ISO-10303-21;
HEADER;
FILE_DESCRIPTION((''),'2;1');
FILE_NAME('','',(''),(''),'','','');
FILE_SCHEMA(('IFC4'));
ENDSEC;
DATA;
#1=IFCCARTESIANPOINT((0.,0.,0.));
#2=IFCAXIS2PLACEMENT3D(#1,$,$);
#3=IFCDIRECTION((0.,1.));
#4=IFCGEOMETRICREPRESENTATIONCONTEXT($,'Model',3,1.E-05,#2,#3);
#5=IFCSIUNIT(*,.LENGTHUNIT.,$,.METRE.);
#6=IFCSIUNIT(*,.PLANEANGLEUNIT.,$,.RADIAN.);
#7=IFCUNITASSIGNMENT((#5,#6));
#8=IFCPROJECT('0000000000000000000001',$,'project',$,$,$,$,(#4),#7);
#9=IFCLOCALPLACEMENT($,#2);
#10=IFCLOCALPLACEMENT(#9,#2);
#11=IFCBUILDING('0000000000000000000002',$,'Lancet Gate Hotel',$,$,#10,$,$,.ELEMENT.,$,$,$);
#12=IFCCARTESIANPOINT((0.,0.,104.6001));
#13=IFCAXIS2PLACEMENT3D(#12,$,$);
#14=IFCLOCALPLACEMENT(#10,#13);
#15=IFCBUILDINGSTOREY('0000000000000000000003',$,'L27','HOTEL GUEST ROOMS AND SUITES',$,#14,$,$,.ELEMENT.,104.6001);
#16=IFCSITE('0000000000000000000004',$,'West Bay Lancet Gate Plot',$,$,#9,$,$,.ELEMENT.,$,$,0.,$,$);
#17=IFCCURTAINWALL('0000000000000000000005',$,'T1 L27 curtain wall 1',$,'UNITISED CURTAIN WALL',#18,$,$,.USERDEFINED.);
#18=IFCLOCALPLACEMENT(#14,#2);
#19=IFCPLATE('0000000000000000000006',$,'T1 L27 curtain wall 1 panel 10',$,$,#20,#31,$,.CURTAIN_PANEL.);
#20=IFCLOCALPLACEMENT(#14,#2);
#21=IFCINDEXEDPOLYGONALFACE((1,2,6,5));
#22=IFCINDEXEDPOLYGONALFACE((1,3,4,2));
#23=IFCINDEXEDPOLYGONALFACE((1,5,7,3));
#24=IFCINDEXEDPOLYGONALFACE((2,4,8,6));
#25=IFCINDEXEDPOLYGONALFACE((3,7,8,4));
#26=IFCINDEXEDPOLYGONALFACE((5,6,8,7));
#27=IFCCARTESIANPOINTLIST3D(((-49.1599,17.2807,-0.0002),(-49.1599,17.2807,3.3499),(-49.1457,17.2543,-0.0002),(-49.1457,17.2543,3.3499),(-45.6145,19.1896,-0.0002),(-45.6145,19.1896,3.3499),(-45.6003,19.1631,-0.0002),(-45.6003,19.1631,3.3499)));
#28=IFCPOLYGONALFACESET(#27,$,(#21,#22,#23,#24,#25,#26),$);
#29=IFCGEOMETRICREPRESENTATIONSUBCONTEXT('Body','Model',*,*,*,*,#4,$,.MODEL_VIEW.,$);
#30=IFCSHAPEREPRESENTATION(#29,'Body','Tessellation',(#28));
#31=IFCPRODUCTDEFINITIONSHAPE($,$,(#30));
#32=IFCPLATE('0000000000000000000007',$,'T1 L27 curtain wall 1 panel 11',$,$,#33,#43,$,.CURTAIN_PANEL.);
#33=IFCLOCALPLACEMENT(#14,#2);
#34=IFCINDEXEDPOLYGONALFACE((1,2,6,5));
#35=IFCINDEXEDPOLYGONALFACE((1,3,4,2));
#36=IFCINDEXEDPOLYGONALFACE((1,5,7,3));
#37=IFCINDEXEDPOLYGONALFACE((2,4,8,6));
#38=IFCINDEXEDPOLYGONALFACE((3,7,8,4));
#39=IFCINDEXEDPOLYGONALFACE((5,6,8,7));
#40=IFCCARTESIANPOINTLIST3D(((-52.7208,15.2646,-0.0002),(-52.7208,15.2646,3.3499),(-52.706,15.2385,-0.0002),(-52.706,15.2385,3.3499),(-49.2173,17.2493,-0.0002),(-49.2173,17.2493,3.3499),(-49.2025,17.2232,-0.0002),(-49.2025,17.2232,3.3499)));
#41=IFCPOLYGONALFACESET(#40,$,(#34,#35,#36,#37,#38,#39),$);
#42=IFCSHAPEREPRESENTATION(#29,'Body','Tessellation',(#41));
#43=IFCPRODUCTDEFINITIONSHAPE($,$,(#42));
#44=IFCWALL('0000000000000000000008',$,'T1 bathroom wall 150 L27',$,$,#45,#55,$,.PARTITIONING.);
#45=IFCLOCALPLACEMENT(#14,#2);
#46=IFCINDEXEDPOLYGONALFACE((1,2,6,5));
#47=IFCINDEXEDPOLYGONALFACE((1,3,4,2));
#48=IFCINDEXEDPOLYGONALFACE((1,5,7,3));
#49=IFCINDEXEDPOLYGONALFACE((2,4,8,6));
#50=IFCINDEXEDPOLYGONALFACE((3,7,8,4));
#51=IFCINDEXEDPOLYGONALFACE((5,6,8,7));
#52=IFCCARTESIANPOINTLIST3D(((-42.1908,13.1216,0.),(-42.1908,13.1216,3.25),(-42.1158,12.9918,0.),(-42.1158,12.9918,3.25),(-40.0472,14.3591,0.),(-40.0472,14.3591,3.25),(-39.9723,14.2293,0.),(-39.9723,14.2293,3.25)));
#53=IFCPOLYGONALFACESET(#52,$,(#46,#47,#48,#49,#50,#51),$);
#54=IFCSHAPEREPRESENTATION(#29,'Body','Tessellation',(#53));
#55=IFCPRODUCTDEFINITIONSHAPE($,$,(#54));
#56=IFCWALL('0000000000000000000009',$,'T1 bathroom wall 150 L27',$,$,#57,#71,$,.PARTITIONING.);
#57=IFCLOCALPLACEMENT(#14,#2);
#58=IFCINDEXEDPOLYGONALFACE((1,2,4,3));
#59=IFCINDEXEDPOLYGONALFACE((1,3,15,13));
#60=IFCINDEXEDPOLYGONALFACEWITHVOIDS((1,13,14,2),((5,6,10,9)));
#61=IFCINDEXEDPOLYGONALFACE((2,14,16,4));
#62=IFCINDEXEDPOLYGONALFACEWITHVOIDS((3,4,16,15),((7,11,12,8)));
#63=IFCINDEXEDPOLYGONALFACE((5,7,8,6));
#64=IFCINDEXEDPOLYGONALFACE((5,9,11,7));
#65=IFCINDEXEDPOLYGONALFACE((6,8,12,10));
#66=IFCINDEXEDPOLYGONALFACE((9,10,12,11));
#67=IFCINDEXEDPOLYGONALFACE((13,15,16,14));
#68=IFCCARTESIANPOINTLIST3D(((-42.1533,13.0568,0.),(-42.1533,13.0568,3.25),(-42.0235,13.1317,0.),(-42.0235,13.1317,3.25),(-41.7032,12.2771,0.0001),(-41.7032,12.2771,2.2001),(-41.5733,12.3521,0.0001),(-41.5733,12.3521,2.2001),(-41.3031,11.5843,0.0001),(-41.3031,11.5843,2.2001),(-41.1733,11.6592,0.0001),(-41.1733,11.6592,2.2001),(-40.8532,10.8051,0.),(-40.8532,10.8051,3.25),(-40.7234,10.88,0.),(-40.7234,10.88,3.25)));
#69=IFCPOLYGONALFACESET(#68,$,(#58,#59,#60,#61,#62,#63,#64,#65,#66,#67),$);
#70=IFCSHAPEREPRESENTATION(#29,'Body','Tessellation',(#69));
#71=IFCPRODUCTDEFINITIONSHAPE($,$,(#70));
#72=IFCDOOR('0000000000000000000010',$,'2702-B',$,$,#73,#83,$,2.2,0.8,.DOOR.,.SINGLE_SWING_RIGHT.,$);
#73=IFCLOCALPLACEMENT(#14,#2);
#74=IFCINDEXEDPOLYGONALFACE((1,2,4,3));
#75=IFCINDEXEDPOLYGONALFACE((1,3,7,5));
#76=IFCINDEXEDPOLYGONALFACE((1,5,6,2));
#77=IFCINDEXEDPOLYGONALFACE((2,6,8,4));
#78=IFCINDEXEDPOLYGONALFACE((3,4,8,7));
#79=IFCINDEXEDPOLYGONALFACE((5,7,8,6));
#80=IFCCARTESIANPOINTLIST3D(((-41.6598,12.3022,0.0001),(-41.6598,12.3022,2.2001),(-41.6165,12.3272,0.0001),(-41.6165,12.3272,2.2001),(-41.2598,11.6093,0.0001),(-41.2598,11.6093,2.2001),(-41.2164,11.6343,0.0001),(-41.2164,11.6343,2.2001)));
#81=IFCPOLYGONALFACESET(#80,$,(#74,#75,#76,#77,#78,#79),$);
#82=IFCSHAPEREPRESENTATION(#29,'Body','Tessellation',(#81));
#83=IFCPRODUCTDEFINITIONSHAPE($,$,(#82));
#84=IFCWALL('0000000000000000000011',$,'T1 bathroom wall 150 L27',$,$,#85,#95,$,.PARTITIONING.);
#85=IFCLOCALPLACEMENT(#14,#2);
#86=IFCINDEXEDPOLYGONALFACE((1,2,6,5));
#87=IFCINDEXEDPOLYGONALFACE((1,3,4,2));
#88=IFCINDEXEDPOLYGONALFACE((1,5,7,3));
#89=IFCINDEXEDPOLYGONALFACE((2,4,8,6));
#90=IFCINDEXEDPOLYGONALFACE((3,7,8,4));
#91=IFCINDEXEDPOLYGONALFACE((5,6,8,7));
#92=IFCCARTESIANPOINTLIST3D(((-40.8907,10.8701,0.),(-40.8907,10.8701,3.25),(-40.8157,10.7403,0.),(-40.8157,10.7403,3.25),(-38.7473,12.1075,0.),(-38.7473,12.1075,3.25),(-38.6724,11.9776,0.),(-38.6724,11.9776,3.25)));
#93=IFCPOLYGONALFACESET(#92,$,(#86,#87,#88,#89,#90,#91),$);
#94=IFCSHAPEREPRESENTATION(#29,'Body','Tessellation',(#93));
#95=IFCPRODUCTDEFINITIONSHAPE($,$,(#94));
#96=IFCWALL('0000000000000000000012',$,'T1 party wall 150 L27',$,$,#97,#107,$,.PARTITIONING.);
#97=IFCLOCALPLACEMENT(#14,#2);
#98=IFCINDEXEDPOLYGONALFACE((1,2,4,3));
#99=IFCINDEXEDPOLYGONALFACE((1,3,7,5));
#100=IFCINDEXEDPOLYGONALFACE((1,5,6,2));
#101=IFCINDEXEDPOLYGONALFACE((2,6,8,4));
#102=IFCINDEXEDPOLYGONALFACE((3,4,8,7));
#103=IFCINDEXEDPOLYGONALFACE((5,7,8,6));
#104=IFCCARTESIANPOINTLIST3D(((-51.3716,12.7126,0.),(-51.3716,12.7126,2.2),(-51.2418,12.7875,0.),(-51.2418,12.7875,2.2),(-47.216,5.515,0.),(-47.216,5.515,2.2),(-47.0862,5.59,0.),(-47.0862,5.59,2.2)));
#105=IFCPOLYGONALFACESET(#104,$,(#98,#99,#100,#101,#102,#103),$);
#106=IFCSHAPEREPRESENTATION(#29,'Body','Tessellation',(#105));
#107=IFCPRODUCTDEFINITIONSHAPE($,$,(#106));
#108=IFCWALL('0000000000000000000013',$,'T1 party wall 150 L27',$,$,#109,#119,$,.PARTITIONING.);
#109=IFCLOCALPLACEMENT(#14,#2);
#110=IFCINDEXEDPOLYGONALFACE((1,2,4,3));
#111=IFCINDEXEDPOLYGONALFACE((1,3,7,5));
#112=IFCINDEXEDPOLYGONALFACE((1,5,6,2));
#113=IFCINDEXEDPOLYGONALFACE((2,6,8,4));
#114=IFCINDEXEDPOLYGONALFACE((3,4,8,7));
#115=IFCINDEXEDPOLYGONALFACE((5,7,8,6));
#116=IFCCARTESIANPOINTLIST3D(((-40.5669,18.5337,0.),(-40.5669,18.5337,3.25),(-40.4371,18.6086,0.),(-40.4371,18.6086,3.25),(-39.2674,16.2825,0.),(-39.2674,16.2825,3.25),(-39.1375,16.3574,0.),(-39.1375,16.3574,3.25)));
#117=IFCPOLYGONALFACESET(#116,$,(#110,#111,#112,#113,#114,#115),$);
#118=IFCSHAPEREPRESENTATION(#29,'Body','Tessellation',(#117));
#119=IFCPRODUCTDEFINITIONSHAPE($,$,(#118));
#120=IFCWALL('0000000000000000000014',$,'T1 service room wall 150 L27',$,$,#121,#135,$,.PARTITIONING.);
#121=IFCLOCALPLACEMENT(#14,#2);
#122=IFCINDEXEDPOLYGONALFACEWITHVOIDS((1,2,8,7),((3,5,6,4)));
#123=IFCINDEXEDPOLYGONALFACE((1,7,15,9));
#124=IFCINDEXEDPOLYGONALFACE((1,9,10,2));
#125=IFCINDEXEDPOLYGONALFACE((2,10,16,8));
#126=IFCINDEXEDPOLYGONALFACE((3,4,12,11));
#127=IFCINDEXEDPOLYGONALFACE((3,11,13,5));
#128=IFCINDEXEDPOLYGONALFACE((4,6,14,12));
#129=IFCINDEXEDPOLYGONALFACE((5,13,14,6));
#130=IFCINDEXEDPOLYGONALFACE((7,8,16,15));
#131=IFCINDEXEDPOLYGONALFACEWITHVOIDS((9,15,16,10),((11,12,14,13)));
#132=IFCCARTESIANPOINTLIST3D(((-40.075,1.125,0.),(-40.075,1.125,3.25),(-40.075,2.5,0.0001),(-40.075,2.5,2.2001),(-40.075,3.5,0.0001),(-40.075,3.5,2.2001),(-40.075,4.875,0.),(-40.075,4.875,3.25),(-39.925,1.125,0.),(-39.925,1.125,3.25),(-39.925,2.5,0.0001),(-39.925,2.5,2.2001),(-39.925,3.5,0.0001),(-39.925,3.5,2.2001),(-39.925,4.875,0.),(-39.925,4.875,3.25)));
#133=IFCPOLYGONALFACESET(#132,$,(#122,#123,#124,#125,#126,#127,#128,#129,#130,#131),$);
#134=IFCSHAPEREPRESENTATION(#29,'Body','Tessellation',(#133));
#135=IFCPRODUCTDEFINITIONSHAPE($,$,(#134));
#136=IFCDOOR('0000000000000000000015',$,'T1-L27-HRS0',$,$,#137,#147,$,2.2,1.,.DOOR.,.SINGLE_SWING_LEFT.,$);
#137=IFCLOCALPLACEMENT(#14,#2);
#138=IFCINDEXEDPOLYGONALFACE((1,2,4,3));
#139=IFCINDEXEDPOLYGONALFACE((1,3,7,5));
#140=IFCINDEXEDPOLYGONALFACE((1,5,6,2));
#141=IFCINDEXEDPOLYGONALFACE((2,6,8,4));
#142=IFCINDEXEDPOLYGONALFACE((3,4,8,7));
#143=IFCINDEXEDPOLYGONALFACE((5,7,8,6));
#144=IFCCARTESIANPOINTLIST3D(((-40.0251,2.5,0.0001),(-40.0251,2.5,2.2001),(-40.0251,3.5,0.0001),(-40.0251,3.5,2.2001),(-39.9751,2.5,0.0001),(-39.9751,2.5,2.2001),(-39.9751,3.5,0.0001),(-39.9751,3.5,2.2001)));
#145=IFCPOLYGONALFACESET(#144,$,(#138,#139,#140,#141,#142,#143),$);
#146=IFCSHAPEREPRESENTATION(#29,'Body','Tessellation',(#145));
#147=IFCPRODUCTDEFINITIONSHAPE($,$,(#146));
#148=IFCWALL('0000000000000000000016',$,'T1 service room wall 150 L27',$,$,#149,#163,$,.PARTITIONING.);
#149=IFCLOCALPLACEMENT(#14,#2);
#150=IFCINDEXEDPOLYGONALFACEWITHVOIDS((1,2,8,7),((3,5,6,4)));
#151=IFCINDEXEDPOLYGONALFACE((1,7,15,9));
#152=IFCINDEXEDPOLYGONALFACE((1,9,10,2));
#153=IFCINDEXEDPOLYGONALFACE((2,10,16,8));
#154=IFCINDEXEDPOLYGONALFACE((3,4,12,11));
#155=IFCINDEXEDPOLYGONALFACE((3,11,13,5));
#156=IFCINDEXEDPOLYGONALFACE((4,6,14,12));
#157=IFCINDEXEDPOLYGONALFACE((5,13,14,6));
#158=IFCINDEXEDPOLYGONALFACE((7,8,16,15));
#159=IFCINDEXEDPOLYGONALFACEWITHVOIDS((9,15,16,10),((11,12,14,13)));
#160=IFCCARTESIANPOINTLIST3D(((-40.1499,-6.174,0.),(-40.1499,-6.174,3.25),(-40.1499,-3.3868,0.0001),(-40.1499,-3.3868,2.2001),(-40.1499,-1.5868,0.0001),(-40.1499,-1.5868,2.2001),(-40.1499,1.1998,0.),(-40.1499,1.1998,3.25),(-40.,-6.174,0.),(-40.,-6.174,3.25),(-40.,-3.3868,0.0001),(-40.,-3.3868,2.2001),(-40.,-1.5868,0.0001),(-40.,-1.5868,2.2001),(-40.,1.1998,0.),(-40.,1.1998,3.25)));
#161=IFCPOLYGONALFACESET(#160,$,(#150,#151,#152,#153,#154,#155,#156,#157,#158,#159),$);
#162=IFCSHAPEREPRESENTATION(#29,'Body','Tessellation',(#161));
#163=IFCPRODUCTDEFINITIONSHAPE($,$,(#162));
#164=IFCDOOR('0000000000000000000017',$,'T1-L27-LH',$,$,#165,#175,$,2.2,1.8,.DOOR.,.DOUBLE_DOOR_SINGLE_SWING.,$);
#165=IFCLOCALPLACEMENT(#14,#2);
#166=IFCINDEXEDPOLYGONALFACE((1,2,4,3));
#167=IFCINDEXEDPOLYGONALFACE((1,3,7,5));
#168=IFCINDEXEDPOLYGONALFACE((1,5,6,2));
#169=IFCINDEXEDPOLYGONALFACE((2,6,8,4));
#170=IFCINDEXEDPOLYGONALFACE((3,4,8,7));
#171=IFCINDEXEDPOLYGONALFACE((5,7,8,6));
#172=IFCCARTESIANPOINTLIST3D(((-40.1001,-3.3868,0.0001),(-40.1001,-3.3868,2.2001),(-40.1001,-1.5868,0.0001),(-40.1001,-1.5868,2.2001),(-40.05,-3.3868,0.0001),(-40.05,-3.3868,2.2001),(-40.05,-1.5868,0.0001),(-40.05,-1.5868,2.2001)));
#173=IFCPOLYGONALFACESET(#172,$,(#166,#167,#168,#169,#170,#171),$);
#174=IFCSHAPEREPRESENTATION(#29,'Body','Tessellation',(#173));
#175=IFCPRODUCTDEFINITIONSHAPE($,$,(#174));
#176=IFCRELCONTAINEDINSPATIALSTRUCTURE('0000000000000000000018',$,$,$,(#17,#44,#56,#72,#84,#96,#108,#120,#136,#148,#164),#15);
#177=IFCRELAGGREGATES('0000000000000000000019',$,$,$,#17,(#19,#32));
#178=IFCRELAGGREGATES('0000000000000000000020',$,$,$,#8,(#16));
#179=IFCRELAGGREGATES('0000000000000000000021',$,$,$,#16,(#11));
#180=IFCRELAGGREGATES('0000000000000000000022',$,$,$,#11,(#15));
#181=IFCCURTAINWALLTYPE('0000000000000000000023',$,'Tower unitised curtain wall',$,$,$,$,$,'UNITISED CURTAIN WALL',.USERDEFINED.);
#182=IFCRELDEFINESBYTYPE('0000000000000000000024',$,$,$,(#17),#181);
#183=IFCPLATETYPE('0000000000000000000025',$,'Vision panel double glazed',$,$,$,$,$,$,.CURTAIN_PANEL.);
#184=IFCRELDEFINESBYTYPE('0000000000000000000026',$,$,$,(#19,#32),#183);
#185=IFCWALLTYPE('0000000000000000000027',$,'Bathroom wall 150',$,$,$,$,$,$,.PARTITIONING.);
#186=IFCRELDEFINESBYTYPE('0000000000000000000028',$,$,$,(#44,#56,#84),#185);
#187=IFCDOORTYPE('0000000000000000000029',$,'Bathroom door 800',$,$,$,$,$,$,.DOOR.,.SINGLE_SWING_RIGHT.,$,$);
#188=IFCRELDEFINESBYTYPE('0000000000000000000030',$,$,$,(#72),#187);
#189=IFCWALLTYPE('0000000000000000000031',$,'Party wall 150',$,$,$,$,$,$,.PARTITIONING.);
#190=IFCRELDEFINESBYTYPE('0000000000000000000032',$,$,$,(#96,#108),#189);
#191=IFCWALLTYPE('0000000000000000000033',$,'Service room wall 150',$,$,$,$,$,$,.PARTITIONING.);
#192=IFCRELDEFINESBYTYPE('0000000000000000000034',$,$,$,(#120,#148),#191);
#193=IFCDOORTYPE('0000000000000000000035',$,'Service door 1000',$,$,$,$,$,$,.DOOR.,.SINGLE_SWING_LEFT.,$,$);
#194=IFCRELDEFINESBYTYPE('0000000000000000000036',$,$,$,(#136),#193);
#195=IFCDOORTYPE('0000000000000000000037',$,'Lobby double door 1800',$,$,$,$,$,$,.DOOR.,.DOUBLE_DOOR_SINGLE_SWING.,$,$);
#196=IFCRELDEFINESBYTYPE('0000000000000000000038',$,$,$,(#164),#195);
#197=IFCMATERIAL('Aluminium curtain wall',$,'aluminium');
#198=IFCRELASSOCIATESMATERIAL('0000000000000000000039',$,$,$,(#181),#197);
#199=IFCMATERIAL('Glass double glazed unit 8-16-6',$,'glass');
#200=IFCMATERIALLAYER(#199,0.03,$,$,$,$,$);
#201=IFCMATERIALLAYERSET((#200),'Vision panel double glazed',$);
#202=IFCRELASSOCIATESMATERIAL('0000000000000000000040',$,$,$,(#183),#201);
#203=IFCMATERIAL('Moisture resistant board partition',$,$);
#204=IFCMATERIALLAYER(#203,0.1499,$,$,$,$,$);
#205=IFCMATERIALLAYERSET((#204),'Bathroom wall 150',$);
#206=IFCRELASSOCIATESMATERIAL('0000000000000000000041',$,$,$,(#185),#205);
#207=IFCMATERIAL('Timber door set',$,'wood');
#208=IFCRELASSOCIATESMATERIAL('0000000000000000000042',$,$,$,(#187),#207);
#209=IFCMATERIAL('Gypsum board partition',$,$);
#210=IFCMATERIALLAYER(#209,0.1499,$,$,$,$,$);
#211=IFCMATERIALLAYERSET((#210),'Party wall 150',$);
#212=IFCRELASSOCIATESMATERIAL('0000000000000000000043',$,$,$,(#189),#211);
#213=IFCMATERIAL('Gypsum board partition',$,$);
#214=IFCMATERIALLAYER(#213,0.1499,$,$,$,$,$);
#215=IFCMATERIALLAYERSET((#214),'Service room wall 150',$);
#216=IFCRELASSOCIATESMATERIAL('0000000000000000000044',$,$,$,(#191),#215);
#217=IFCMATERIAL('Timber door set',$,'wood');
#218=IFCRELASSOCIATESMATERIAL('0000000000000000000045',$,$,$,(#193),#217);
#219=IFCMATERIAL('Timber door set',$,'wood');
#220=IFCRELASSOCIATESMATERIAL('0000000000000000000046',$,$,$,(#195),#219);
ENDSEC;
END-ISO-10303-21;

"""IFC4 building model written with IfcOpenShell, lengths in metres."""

from ifc_helpers import new_model, si_unit, direction, frame, frame_2d, origin, origin_2d, place, context, subcontext, project, spatial, rectangle, extrude, material, layer, layer_set, type_object, element, fill, aggregate, save


model = new_model("IFC4")

# Units and contexts
model_context = context("Model", 3, precision=1e-05, world=origin(), true_north=direction((0.0, 1.0)))
body_context = subcontext(model_context, "Body", "Model", "MODEL_VIEW")
ifc_project = project(units=[si_unit("LENGTHUNIT", "METRE"), si_unit("PLANEANGLEUNIT", "RADIAN")], contexts=[model_context])

# Site, building, storey
site_placement = place(None, origin())
site = spatial("IfcSite", under=ifc_project, at=site_placement, Name="West Bay Lancet Gate Plot", CompositionType="ELEMENT", RefElevation=0.0)
building_placement = place(site_placement, origin())
building = spatial("IfcBuilding", under=site, at=building_placement, Name="Lancet Gate Hotel", CompositionType="ELEMENT")
storey_placement = place(building_placement, frame((0.0, 0.0, 104.6001)))
storey = spatial("IfcBuildingStorey", under=building, at=storey_placement, Name="L27", Description="HOTEL GUEST ROOMS AND SUITES", CompositionType="ELEMENT", Elevation=104.6001)

# Curtain wall
ifc_material_1 = material(Name="Aluminium curtain wall", Category="aluminium")
curtain_wall_type = type_object("IfcCurtainWallType", Name="Tower unitised curtain wall", ElementType="UNITISED CURTAIN WALL", PredefinedType="USERDEFINED", material=ifc_material_1)
curtain_wall_placement = place(storey_placement, origin())
curtain_wall = element("IfcCurtainWall", 1, at=curtain_wall_placement, inside=storey, type_object=curtain_wall_type, Name="T1 L27 curtain wall 1", ObjectType="UNITISED CURTAIN WALL", PredefinedType="USERDEFINED")

# Plates
ifc_material_2 = material(Name="Glass double glazed unit 8-16-6", Category="glass")
ifc_layer_1 = layer(ifc_material_2, 0.03)
ifc_layer_set_1 = layer_set([ifc_layer_1], Name="Vision panel double glazed")
plate_type = type_object("IfcPlateType", Name="Vision panel double glazed", PredefinedType="CURTAIN_PANEL", material=ifc_layer_set_1)
plate_1_placement = place(storey_placement, frame((-47.3801, 18.2219, -0.0002), z_axis=(0.0, 0.0, 1.0), x_axis=(-0.880493, -0.47406, 0.0)))
plate_1 = element("IfcPlate", 2, at=plate_1_placement, type_object=plate_type, Name="T1 L27 curtain wall 1 panel 10", PredefinedType="CURTAIN_PANEL", context=body_context, shape_type="SweptSolid", body=[
    extrude(rectangle(XDim=4.0266, YDim=0.03, at=origin_2d()), origin(), (0.0, 0.0, 1.0), 3.3501),
])
plate_2_placement = place(storey_placement, frame((-50.9617, 16.2439, -0.0002), z_axis=(0.0, 0.0, 1.0), x_axis=(-0.870084, -0.492904, 0.0)))
plate_2 = element("IfcPlate", 3, at=plate_2_placement, type_object=plate_type, Name="T1 L27 curtain wall 1 panel 11", PredefinedType="CURTAIN_PANEL", context=body_context, shape_type="SweptSolid", body=[
    extrude(rectangle(XDim=4.0266, YDim=0.03, at=origin_2d()), origin(), (0.0, 0.0, 1.0), 3.3501),
])
aggregate(curtain_wall, [plate_1, plate_2])

# Wall
ifc_material_3 = material(Name="Moisture resistant board partition")
ifc_layer_2 = layer(ifc_material_3, 0.1499)
ifc_layer_set_2 = layer_set([ifc_layer_2], Name="Bathroom wall 150")
wall_type_1 = type_object("IfcWallType", Name="Bathroom wall 150", PredefinedType="PARTITIONING", material=ifc_layer_set_2)
wall_1_placement = place(storey_placement, frame((-40.0098, 14.2942, 0.0), z_axis=(0.0, 0.0, 1.0), x_axis=(-0.866031, -0.49999, 0.0)))
element("IfcWall", 4, at=wall_1_placement, inside=storey, type_object=wall_type_1, Name="T1 bathroom wall 150 L27", PredefinedType="PARTITIONING", context=body_context, shape_type="SweptSolid", body=[
    extrude(rectangle(XDim=2.4751, YDim=0.1499, at=frame_2d((1.2375, 0.0))), origin(), (0.0, 0.0, 1.0), 3.25),
])

# Wall, opening, door
wall_2_placement = place(storey_placement, frame((-40.7883, 10.8425, 0.0), z_axis=(0.0, 0.0, 1.0), x_axis=(-0.500007, 0.866021, 0.0)))
wall_2 = element("IfcWall", 5, at=wall_2_placement, inside=storey, type_object=wall_type_1, Name="T1 bathroom wall 150 L27", PredefinedType="PARTITIONING", context=body_context, shape_type="SweptSolid", body=[
    extrude(rectangle(XDim=2.6001, YDim=0.1499, at=frame_2d((1.3, 0.0))), origin(), (0.0, 0.0, 1.0), 3.25),
])
opening_1_placement = place(wall_2_placement, frame((0.8999, 0.0, 0.0)))
opening_1 = element("IfcOpeningElement", 6, at=opening_1_placement, cuts=wall_2, PredefinedType="OPENING", context=body_context, shape_type="SweptSolid", body=[
    extrude(rectangle(XDim=0.8, YDim=2.2, at=frame_2d((0.3999, 1.1001))), frame((0.0, 0.085, 0.0), z_axis=(0.0, -1.0, 0.0), x_axis=(1.0, 0.0, 0.0)), (0.0, 0.0, 1.0), 0.1699),
])
ifc_material_4 = material(Name="Timber door set", Category="wood")
door_type_1 = type_object("IfcDoorType", Name="Bathroom door 800", OperationType="SINGLE_SWING_RIGHT", PredefinedType="DOOR", material=ifc_material_4)
door_1_placement = place(opening_1_placement, origin())
door_1 = element("IfcDoor", 7, at=door_1_placement, inside=storey, type_object=door_type_1, Name="2702-B", OperationType="SINGLE_SWING_RIGHT", OverallHeight=2.2, OverallWidth=0.8, PredefinedType="DOOR", context=body_context, shape_type="SweptSolid", body=[
    extrude(rectangle(XDim=0.8, YDim=2.2, at=frame_2d((0.3999, 1.1001))), frame((0.0, 0.0249, 0.0), z_axis=(0.0, -1.0, 0.0), x_axis=(1.0, 0.0, 0.0)), (0.0, 0.0, 1.0), 0.05),
])
fill(opening_1, door_1)

# Walls
wall_3_placement = place(storey_placement, frame((-38.71, 12.0425, 0.0), z_axis=(0.0, 0.0, 1.0), x_axis=(-0.866049, -0.499959, 0.0)))
element("IfcWall", 8, at=wall_3_placement, inside=storey, type_object=wall_type_1, Name="T1 bathroom wall 150 L27", PredefinedType="PARTITIONING", context=body_context, shape_type="SweptSolid", body=[
    extrude(rectangle(XDim=2.4749, YDim=0.1499, at=frame_2d((1.2373, 0.0))), origin(), (0.0, 0.0, 1.0), 3.25),
])
ifc_material_5 = material(Name="Gypsum board partition")
ifc_layer_3 = layer(ifc_material_5, 0.1499)
ifc_layer_set_3 = layer_set([ifc_layer_3], Name="Party wall 150")
wall_type_2 = type_object("IfcWallType", Name="Party wall 150", PredefinedType="PARTITIONING", material=ifc_layer_set_3)
wall_4_placement = place(storey_placement, frame((-47.1511, 5.5525, 0.0), z_axis=(0.0, 0.0, 1.0), x_axis=(-0.500003, 0.866024, 0.0)))
element("IfcWall", 9, at=wall_4_placement, inside=storey, type_object=wall_type_2, Name="T1 party wall 150 L27", PredefinedType="PARTITIONING", context=body_context, shape_type="SweptSolid", body=[
    extrude(rectangle(XDim=8.311, YDim=0.1499, at=frame_2d((4.1555, 0.0))), origin(), (0.0, 0.0, 1.0), 2.2),
])
wall_5_placement = place(storey_placement, frame((-39.2024, 16.3198, 0.0), z_axis=(0.0, 0.0, 1.0), x_axis=(-0.499947, 0.866056, 0.0)))
element("IfcWall", 10, at=wall_5_placement, inside=storey, type_object=wall_type_2, Name="T1 party wall 150 L27", PredefinedType="PARTITIONING", context=body_context, shape_type="SweptSolid", body=[
    extrude(rectangle(XDim=2.5994, YDim=0.1499, at=frame_2d((1.2998, 0.0))), origin(), (0.0, 0.0, 1.0), 3.25),
])

# Walls, openings, doors
ifc_material_6 = material(Name="Gypsum board partition")
ifc_layer_4 = layer(ifc_material_6, 0.1499)
ifc_layer_set_4 = layer_set([ifc_layer_4], Name="Service room wall 150")
wall_type_3 = type_object("IfcWallType", Name="Service room wall 150", PredefinedType="PARTITIONING", material=ifc_layer_set_4)
wall_6_placement = place(storey_placement, frame((-40.0, 4.875, 0.0), z_axis=(0.0, 0.0, 1.0), x_axis=(0.0, -1.0, 0.0)))
wall_6 = element("IfcWall", 11, at=wall_6_placement, inside=storey, type_object=wall_type_3, Name="T1 service room wall 150 L27", PredefinedType="PARTITIONING", context=body_context, shape_type="SweptSolid", body=[
    extrude(rectangle(XDim=3.75, YDim=0.1499, at=frame_2d((1.875, 0.0))), origin(), (0.0, 0.0, 1.0), 3.25),
])
opening_2_placement = place(wall_6_placement, frame((1.375, 0.0, 0.0)))
opening_2 = element("IfcOpeningElement", 12, at=opening_2_placement, cuts=wall_6, PredefinedType="OPENING", context=body_context, shape_type="SweptSolid", body=[
    extrude(rectangle(XDim=1.0, YDim=2.2, at=frame_2d((0.5, 1.1001))), frame((0.0, 0.085, 0.0), z_axis=(0.0, -1.0, 0.0), x_axis=(1.0, 0.0, 0.0)), (0.0, 0.0, 1.0), 0.1699),
])
ifc_material_7 = material(Name="Timber door set", Category="wood")
door_type_2 = type_object("IfcDoorType", Name="Service door 1000", OperationType="SINGLE_SWING_LEFT", PredefinedType="DOOR", material=ifc_material_7)
door_2_placement = place(opening_2_placement, origin())
door_2 = element("IfcDoor", 13, at=door_2_placement, inside=storey, type_object=door_type_2, Name="T1-L27-HRS0", OperationType="SINGLE_SWING_LEFT", OverallHeight=2.2, OverallWidth=1.0, PredefinedType="DOOR", context=body_context, shape_type="SweptSolid", body=[
    extrude(rectangle(XDim=1.0, YDim=2.2, at=frame_2d((0.5, 1.1001))), frame((0.0, 0.0249, 0.0), z_axis=(0.0, -1.0, 0.0), x_axis=(1.0, 0.0, 0.0)), (0.0, 0.0, 1.0), 0.05),
])
fill(opening_2, door_2)
wall_7_placement = place(storey_placement, frame((-40.075, 1.2, 0.0), z_axis=(0.0, 0.0, 1.0), x_axis=(0.0, -1.0, 0.0)))
wall_7 = element("IfcWall", 14, at=wall_7_placement, inside=storey, type_object=wall_type_3, Name="T1 service room wall 150 L27", PredefinedType="PARTITIONING", context=body_context, shape_type="SweptSolid", body=[
    extrude(rectangle(XDim=7.3738, YDim=0.1499, at=frame_2d((3.687, 0.0))), origin(), (0.0, 0.0, 1.0), 3.25),
])
opening_3_placement = place(wall_7_placement, frame((2.7869, 0.0, 0.0)))
opening_3 = element("IfcOpeningElement", 15, at=opening_3_placement, cuts=wall_7, PredefinedType="OPENING", context=body_context, shape_type="SweptSolid", body=[
    extrude(rectangle(XDim=1.8, YDim=2.2, at=frame_2d((0.8999, 1.1001))), frame((0.0, 0.085, 0.0), z_axis=(0.0, -1.0, 0.0), x_axis=(1.0, 0.0, 0.0)), (0.0, 0.0, 1.0), 0.1699),
])
ifc_material_8 = material(Name="Timber door set", Category="wood")
door_type_3 = type_object("IfcDoorType", Name="Lobby double door 1800", OperationType="DOUBLE_DOOR_SINGLE_SWING", PredefinedType="DOOR", material=ifc_material_8)
door_3_placement = place(opening_3_placement, origin())
door_3 = element("IfcDoor", 16, at=door_3_placement, inside=storey, type_object=door_type_3, Name="T1-L27-LH", OperationType="DOUBLE_DOOR_SINGLE_SWING", OverallHeight=2.2, OverallWidth=1.8, PredefinedType="DOOR", context=body_context, shape_type="SweptSolid", body=[
    extrude(rectangle(XDim=1.8, YDim=2.2, at=frame_2d((0.8999, 1.1001))), frame((0.0, 0.0249, 0.0), z_axis=(0.0, -1.0, 0.0), x_axis=(1.0, 0.0, 0.0)), (0.0, 0.0, 1.0), 0.05),
])
fill(opening_3, door_3)

save(model, "model.ifc")
